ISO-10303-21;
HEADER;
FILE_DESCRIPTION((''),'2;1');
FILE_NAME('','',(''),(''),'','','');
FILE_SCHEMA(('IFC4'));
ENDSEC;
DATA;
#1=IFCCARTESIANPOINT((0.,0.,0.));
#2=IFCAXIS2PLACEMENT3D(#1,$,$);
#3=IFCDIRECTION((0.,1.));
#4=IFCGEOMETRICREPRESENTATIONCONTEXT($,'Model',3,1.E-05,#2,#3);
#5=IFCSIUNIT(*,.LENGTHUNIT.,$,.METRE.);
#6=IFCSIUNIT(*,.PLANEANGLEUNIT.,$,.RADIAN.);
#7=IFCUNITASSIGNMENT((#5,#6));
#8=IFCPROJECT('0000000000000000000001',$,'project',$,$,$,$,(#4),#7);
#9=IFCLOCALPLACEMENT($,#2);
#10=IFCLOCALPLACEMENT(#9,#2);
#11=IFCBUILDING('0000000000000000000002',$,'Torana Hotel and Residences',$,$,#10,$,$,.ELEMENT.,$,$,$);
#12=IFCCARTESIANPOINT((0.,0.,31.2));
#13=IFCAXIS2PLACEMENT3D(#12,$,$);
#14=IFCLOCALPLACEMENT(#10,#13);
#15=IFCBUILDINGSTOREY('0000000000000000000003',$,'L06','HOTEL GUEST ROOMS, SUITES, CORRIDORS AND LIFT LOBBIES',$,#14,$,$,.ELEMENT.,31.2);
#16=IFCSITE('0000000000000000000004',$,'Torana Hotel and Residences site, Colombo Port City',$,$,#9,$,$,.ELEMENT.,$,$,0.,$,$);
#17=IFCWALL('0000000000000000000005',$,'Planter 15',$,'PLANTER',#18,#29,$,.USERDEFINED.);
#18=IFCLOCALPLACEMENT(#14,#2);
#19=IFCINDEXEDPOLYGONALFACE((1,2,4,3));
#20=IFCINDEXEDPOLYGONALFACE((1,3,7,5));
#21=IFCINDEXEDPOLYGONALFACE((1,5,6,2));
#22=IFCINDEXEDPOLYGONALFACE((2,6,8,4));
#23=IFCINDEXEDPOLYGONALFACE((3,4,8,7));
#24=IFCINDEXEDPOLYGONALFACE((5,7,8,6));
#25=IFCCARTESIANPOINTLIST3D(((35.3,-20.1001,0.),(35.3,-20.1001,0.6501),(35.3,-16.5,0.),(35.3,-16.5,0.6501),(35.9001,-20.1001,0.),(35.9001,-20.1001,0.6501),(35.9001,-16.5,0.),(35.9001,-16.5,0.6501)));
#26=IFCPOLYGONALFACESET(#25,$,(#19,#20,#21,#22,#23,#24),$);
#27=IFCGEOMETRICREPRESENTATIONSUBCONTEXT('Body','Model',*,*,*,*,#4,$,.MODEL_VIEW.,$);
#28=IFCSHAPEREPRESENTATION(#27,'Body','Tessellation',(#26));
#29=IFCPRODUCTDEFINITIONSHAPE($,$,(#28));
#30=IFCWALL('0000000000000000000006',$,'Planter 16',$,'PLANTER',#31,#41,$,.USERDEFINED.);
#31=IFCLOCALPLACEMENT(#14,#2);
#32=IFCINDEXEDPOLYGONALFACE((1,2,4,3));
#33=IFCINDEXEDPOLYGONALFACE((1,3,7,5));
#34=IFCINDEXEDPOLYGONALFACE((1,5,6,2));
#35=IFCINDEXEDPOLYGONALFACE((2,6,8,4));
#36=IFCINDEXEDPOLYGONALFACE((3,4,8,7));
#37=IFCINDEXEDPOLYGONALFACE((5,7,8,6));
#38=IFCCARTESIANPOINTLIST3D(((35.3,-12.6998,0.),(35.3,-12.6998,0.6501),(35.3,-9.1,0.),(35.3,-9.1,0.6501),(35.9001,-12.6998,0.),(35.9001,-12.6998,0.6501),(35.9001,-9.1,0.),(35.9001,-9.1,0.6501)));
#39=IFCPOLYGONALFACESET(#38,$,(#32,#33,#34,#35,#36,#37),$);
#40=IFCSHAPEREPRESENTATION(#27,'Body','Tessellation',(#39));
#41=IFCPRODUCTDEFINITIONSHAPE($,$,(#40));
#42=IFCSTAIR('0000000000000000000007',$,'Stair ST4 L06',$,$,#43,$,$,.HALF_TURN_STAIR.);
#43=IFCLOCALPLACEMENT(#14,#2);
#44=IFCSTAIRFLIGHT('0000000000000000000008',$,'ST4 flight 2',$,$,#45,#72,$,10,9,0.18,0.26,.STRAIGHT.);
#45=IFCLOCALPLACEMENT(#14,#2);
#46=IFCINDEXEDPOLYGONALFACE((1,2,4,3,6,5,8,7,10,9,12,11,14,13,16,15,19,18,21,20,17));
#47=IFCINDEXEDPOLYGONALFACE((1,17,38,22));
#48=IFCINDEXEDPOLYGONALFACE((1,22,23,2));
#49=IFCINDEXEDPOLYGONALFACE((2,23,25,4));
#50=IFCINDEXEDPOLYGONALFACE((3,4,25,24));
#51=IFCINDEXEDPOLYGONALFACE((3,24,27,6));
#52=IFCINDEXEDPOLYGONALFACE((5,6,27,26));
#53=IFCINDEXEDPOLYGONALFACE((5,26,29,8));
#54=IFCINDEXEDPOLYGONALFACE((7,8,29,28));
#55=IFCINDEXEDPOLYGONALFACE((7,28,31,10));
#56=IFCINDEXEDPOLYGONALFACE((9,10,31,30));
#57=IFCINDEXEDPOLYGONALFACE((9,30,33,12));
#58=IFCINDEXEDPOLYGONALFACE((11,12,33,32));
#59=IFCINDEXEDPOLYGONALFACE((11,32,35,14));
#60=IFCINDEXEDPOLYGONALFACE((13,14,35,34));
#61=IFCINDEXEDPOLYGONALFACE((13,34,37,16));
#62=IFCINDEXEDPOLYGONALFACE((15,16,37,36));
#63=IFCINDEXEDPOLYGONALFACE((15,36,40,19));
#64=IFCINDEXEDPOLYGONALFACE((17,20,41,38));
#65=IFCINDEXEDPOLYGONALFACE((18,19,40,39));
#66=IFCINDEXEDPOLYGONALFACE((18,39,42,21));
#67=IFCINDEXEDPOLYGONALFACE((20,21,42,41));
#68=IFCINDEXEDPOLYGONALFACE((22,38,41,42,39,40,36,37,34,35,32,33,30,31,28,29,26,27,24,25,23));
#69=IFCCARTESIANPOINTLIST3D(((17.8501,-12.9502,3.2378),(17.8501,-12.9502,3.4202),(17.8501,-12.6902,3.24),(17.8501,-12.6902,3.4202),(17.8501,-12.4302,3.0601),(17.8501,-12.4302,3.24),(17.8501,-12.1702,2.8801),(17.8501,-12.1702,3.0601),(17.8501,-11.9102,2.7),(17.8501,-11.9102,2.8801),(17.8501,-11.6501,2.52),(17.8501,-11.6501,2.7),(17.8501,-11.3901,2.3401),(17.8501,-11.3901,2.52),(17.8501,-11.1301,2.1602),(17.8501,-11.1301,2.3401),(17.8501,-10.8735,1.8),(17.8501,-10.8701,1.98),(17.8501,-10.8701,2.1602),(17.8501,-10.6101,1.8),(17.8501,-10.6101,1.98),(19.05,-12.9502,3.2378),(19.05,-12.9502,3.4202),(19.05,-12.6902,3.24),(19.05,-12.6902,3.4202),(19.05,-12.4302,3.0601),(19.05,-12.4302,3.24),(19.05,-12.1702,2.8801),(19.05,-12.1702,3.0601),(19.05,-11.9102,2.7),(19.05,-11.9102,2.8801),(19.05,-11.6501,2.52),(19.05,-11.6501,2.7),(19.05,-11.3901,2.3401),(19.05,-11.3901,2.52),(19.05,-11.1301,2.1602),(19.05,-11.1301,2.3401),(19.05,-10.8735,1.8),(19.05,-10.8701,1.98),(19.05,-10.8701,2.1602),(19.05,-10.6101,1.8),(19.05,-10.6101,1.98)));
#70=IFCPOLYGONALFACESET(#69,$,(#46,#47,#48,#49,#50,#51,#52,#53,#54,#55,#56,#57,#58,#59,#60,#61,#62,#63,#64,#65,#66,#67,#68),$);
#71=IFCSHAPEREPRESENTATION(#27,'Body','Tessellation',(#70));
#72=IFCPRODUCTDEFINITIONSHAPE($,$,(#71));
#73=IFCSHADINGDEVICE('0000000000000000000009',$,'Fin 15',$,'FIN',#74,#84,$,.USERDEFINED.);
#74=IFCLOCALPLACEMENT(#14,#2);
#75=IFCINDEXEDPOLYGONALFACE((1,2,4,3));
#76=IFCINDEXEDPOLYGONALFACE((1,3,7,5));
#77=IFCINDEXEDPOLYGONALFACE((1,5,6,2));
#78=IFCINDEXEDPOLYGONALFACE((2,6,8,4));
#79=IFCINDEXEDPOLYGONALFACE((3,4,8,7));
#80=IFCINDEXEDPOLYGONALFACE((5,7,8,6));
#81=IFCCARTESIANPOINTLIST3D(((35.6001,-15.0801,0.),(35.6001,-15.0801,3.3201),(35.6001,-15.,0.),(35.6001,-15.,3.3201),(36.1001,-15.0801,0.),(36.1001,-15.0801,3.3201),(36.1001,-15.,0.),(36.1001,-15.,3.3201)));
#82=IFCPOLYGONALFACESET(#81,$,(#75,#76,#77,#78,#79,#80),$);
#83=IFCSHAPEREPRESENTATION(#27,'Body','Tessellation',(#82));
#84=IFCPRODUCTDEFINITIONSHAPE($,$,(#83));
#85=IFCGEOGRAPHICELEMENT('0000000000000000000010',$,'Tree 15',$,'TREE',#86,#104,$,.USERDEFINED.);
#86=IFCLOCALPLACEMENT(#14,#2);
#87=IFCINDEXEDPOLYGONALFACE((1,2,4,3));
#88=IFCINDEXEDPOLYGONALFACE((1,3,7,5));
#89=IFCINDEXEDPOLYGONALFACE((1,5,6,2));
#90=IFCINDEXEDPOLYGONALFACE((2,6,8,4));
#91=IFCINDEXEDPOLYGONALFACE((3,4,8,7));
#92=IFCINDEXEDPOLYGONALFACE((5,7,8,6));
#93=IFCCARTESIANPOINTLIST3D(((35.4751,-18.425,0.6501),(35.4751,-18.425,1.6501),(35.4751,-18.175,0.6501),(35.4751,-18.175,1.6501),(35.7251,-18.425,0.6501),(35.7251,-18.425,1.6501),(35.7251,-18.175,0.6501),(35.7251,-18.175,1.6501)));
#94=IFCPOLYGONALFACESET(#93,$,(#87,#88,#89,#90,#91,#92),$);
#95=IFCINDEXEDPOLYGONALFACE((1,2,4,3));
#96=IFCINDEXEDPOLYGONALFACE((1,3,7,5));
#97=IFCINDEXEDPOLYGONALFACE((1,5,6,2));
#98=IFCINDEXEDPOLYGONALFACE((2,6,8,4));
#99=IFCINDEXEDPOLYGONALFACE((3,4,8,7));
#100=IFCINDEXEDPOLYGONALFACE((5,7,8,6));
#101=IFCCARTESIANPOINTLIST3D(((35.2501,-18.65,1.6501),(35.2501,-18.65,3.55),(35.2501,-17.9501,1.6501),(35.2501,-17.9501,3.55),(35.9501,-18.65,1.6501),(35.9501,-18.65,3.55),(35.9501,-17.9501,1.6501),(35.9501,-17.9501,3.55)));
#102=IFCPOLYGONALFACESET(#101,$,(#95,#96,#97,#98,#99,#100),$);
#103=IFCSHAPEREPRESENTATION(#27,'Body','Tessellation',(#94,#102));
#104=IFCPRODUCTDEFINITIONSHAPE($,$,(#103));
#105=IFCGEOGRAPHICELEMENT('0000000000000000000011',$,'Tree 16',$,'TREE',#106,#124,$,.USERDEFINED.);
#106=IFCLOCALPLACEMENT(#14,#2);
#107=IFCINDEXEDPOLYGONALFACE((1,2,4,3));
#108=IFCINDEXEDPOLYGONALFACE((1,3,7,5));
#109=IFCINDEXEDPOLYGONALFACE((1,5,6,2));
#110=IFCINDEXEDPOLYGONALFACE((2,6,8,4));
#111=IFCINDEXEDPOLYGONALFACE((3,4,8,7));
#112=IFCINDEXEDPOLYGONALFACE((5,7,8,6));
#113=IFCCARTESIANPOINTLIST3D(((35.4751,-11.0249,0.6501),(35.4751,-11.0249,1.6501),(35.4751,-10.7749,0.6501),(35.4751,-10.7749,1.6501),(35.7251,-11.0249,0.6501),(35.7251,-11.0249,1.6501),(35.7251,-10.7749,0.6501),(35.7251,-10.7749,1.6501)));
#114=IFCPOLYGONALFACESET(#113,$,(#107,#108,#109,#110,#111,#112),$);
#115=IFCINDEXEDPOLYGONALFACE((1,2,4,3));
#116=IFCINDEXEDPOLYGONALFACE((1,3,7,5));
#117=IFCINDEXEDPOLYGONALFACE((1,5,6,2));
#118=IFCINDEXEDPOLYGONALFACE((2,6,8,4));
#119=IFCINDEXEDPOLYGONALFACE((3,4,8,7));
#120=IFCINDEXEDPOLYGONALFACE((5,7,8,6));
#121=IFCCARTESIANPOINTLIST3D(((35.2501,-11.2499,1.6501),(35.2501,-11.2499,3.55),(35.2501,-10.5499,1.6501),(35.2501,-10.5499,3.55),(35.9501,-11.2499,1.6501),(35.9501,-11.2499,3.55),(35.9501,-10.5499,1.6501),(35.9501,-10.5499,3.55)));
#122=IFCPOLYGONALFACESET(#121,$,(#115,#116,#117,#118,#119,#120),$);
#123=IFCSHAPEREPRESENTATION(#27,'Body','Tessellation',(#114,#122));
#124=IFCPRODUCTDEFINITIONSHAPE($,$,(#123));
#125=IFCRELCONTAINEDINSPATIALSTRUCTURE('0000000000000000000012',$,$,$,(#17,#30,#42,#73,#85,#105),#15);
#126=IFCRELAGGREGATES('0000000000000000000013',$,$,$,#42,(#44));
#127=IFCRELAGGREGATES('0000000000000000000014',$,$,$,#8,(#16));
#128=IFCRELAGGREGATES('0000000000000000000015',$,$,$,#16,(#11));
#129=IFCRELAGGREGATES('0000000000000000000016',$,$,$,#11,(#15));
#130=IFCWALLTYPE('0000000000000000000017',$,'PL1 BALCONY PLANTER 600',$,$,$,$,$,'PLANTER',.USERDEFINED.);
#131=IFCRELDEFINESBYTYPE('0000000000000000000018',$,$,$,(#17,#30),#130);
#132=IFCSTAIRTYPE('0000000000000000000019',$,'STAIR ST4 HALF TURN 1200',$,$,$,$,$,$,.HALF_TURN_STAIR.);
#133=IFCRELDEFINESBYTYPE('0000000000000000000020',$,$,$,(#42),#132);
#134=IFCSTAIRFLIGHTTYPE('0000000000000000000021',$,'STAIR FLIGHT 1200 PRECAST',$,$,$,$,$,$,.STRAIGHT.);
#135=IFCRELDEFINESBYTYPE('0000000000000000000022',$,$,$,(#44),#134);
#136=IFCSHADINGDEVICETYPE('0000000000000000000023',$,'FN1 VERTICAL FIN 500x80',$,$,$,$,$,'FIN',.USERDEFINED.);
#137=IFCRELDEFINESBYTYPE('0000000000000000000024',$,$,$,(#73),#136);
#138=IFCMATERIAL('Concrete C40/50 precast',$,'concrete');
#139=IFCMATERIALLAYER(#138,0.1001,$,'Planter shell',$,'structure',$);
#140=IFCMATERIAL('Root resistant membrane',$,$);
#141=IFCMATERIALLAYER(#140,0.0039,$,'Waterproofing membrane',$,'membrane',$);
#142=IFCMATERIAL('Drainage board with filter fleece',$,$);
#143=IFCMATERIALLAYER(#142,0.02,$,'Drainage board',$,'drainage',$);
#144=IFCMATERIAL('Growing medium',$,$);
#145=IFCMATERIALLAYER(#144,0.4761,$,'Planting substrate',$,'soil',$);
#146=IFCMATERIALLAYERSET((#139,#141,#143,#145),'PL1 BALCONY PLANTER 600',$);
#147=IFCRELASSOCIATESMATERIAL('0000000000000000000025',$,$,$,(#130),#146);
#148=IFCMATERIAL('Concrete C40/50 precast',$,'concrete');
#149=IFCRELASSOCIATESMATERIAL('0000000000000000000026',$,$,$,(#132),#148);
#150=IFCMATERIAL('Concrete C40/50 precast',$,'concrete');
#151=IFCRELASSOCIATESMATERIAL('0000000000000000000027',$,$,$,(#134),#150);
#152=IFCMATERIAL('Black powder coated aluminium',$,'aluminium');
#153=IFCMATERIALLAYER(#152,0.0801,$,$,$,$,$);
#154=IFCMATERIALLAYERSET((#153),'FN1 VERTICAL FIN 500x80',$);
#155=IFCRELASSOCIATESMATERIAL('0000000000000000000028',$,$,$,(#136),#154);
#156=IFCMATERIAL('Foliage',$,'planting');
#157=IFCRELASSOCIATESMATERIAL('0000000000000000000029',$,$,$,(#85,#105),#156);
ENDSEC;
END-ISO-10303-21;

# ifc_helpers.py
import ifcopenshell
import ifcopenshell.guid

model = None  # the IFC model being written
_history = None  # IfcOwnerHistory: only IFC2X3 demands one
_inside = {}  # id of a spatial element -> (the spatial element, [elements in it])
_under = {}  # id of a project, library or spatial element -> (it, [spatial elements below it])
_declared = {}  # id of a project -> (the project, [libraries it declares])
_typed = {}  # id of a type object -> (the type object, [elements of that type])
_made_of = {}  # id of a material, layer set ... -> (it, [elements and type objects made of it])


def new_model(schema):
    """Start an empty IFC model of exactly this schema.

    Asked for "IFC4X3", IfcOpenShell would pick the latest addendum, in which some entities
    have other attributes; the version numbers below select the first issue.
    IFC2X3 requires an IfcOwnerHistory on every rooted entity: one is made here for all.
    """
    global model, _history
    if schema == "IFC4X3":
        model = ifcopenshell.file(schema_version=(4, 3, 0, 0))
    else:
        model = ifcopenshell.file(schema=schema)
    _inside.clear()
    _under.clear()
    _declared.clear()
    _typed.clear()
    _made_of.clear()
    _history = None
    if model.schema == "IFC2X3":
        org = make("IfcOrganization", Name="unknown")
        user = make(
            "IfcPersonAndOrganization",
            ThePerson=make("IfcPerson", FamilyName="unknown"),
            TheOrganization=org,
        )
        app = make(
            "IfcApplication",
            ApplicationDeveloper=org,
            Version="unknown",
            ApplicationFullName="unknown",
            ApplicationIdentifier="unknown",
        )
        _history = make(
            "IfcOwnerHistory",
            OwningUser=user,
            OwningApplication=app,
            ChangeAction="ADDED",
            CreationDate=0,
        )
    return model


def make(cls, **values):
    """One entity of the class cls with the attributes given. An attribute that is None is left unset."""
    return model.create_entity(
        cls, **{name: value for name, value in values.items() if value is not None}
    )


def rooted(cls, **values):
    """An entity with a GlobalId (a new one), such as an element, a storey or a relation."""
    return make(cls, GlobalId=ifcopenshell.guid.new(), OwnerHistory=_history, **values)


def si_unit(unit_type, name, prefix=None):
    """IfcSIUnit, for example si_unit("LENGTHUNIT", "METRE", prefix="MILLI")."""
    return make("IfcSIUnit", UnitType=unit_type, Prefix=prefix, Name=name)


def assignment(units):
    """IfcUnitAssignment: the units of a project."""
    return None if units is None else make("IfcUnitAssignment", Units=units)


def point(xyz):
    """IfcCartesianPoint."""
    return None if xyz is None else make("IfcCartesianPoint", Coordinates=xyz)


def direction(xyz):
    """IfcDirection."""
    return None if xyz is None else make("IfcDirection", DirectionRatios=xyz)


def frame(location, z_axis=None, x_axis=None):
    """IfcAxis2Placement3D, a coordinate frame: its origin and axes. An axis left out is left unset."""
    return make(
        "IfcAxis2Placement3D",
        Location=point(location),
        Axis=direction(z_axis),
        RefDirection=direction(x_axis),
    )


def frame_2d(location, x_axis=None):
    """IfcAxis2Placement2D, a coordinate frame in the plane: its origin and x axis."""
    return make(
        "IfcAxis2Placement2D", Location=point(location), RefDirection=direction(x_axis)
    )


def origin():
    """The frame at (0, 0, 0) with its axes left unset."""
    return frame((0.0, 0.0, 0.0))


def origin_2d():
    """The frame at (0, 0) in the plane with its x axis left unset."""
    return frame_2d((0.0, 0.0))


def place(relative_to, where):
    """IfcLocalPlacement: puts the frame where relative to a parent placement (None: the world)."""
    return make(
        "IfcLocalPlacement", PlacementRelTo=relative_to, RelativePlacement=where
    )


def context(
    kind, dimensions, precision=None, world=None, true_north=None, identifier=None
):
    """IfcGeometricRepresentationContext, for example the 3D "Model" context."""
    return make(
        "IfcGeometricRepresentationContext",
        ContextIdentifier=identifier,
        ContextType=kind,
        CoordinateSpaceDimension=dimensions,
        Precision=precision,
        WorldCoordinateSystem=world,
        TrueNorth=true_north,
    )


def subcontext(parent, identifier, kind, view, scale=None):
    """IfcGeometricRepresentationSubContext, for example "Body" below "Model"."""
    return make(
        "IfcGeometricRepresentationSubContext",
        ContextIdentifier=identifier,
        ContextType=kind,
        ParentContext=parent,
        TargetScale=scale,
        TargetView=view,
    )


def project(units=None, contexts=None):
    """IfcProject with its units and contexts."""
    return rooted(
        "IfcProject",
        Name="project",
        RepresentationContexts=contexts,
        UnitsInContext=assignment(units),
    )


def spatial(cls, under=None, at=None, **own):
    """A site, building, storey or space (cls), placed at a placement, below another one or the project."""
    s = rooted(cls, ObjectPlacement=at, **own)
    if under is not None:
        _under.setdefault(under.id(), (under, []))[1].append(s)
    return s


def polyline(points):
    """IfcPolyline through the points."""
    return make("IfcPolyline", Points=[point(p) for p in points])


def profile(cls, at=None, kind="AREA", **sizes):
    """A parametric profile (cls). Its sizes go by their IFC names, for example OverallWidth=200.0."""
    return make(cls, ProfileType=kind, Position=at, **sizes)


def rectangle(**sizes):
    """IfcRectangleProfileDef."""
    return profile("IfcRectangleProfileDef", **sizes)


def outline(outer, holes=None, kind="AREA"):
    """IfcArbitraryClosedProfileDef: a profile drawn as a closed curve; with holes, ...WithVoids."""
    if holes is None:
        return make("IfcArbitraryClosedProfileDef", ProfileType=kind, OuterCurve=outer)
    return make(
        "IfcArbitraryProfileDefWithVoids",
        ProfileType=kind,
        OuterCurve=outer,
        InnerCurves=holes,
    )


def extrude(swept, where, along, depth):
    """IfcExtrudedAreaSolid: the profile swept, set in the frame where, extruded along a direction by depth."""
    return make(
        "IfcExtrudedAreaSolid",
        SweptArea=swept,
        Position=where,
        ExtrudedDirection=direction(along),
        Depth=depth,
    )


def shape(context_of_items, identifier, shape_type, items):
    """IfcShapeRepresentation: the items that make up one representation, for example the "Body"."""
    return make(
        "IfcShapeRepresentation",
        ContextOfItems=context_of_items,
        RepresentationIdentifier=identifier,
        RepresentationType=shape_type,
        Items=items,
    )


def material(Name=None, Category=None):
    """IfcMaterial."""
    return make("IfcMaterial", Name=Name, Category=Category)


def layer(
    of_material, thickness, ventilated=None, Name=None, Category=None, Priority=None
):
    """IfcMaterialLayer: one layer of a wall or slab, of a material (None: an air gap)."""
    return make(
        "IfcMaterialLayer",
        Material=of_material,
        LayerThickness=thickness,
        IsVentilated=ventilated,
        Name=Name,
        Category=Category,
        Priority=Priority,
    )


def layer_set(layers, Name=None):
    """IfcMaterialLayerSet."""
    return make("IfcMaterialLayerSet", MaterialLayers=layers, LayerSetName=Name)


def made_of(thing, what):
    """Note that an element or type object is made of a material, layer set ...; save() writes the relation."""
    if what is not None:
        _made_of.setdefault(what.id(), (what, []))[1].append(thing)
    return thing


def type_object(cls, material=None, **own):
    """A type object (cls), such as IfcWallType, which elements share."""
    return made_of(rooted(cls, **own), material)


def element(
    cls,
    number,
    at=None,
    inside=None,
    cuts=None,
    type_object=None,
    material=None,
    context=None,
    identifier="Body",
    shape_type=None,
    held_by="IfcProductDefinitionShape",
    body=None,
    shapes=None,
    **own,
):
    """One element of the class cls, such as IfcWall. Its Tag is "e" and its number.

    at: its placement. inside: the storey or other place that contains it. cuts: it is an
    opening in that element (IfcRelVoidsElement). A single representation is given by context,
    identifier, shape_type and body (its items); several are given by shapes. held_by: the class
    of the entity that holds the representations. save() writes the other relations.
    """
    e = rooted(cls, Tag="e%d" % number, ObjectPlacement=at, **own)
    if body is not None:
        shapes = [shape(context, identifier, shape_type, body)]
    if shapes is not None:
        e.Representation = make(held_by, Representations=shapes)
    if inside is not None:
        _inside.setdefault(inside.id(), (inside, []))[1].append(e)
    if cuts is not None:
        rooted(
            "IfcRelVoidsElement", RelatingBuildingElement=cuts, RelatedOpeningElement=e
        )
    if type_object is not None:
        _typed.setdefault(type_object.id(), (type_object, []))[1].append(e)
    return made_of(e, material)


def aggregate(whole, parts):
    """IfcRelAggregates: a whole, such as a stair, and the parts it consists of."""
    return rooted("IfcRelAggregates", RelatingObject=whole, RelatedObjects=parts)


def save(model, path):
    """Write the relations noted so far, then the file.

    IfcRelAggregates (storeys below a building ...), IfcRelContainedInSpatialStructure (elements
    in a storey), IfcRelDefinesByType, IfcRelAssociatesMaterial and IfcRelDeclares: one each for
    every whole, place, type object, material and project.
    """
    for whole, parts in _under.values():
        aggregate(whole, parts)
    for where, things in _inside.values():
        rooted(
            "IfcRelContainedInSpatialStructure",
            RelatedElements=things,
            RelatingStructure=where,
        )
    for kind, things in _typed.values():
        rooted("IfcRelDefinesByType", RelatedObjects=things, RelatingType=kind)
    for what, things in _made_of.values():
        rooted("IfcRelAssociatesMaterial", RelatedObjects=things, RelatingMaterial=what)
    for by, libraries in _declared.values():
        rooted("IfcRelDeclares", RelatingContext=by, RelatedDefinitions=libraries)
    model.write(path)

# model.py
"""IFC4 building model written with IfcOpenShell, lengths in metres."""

from ifc_helpers import new_model, si_unit, direction, frame, frame_2d, origin, origin_2d, place, context, subcontext, project, spatial, polyline, rectangle, outline, extrude, material, layer, layer_set, type_object, element, aggregate, save


model = new_model("IFC4")

# Units and contexts
model_context = context("Model", 3, precision=1e-05, world=origin(), true_north=direction((0.0, 1.0)))
body_context = subcontext(model_context, "Body", "Model", "MODEL_VIEW")
ifc_project = project(units=[si_unit("LENGTHUNIT", "METRE"), si_unit("PLANEANGLEUNIT", "RADIAN")], contexts=[model_context])

# Site, building, storey
site_placement = place(None, origin())
site = spatial("IfcSite", under=ifc_project, at=site_placement, Name="Torana Hotel and Residences site, Colombo Port City", CompositionType="ELEMENT", RefElevation=0.0)
building_placement = place(site_placement, origin())
building = spatial("IfcBuilding", under=site, at=building_placement, Name="Torana Hotel and Residences", CompositionType="ELEMENT")
storey_placement = place(building_placement, frame((0.0, 0.0, 31.2)))
storey = spatial("IfcBuildingStorey", under=building, at=storey_placement, Name="L06", Description="HOTEL GUEST ROOMS, SUITES, CORRIDORS AND LIFT LOBBIES", CompositionType="ELEMENT", Elevation=31.2)

# Walls
ifc_material_1 = material(Name="Concrete C40/50 precast", Category="concrete")
ifc_layer_1 = layer(ifc_material_1, 0.1001, Name="Planter shell", Category="structure")
ifc_material_2 = material(Name="Root resistant membrane")
ifc_layer_2 = layer(ifc_material_2, 0.0039, Name="Waterproofing membrane", Category="membrane")
ifc_material_3 = material(Name="Drainage board with filter fleece")
ifc_layer_3 = layer(ifc_material_3, 0.02, Name="Drainage board", Category="drainage")
ifc_material_4 = material(Name="Growing medium")
ifc_layer_4 = layer(ifc_material_4, 0.4761, Name="Planting substrate", Category="soil")
ifc_layer_set_1 = layer_set([ifc_layer_1, ifc_layer_2, ifc_layer_3, ifc_layer_4], Name="PL1 BALCONY PLANTER 600")
wall_type_1 = type_object("IfcWallType", Name="PL1 BALCONY PLANTER 600", ElementType="PLANTER", PredefinedType="USERDEFINED", material=ifc_layer_set_1)
wall_1_placement = place(storey_placement, frame((35.6001, -16.5, 0.0), z_axis=(0.0, 0.0, 1.0), x_axis=(0.0, -1.0, 0.0)))
element("IfcWall", 1, at=wall_1_placement, inside=storey, type_object=wall_type_1, Name="Planter 15", ObjectType="PLANTER", PredefinedType="USERDEFINED", context=body_context, shape_type="SweptSolid", body=[
    extrude(rectangle(XDim=3.6001, YDim=0.6001, at=frame_2d((1.8, 0.0))), origin(), (0.0, 0.0, 1.0), 0.6501),
])
wall_2_placement = place(storey_placement, frame((35.6001, -9.1001, 0.0), z_axis=(0.0, 0.0, 1.0), x_axis=(0.0, -1.0, 0.0)))
element("IfcWall", 2, at=wall_2_placement, inside=storey, type_object=wall_type_1, Name="Planter 16", ObjectType="PLANTER", PredefinedType="USERDEFINED", context=body_context, shape_type="SweptSolid", body=[
    extrude(rectangle(XDim=3.5999, YDim=0.6001, at=frame_2d((1.7998, 0.0))), origin(), (0.0, 0.0, 1.0), 0.6501),
])

# Stair, stair flight
ifc_material_5 = material(Name="Concrete C40/50 precast", Category="concrete")
stair_type = type_object("IfcStairType", Name="STAIR ST4 HALF TURN 1200", PredefinedType="HALF_TURN_STAIR", material=ifc_material_5)
stair_placement = place(storey_placement, origin())
stair = element("IfcStair", 3, at=stair_placement, inside=storey, type_object=stair_type, Name="Stair ST4 L06", PredefinedType="HALF_TURN_STAIR")
ifc_material_6 = material(Name="Concrete C40/50 precast", Category="concrete")
stair_flight_type = type_object("IfcStairFlightType", Name="STAIR FLIGHT 1200 PRECAST", PredefinedType="STRAIGHT", material=ifc_material_6)
stair_flight_placement = place(storey_placement, frame((18.45, -10.6101, 1.8), z_axis=(0.0, 0.0, 1.0), x_axis=(0.0, -1.0, 0.0)))
stair_flight = element("IfcStairFlight", 4, at=stair_flight_placement, type_object=stair_flight_type, Name="ST4 flight 2", NumberOfRisers=10, NumberOfTreads=9, PredefinedType="STRAIGHT", RiserHeight=0.18, TreadLength=0.26, context=body_context, shape_type="SweptSolid", body=[
    extrude(outline(polyline([(0.0, 0.0), (0.0, 0.1799), (0.26, 0.1799), (0.26, 0.3601), (0.52, 0.3601), (0.52, 0.54), (0.78, 0.54), (0.78, 0.72), (1.04, 0.72), (1.04, 0.8999), (1.3, 0.8999), (1.3, 1.0801), (1.5601, 1.0801), (1.5601, 1.26), (1.8201, 1.26), (1.8201, 1.4399), (2.0801, 1.4399), (2.0801, 1.6201), (2.3401, 1.6201), (2.3401, 1.8), (2.3401, 1.4377), (0.2634, 0.0), (0.0, 0.0)])), frame((0.0, 0.6001, 0.0), z_axis=(0.0, -1.0, 0.0), x_axis=(1.0, 0.0, 0.0)), (0.0, 0.0, 1.0), 1.2),
])
aggregate(stair, [stair_flight])

# Shading device
ifc_material_7 = material(Name="Black powder coated aluminium", Category="aluminium")
ifc_layer_5 = layer(ifc_material_7, 0.0801)
ifc_layer_set_2 = layer_set([ifc_layer_5], Name="FN1 VERTICAL FIN 500x80")
shading_device_type = type_object("IfcShadingDeviceType", Name="FN1 VERTICAL FIN 500x80", ElementType="FIN", PredefinedType="USERDEFINED", material=ifc_layer_set_2)
shading_device_placement = place(storey_placement, frame((35.8501, -15.04, 0.0), z_axis=(0.0, 0.0, 1.0), x_axis=(0.0, -1.0, 0.0)))
element("IfcShadingDevice", 5, at=shading_device_placement, inside=storey, type_object=shading_device_type, Name="Fin 15", ObjectType="FIN", PredefinedType="USERDEFINED", context=body_context, shape_type="SweptSolid", body=[
    extrude(rectangle(XDim=0.0801, YDim=0.5, at=origin_2d()), origin(), (0.0, 0.0, 1.0), 3.3201),
])

# Geographic elements
ifc_material_8 = material(Name="Foliage", Category="planting")
for number, where, z_axis, x_axis, name in (
    (6, (35.6001, -18.3, 0.6501), (0.0, 0.0, 1.0), (1.0, 0.0, 0.0), "Tree 15"),
    (7, (35.6001, -10.8999, 0.6501), (0.0, 0.0, 1.0), (1.0, 0.0, 0.0), "Tree 16"),
):
    element("IfcGeographicElement", number, at=place(storey_placement, frame(where, z_axis=z_axis, x_axis=x_axis)), inside=storey, material=ifc_material_8, Name=name, ObjectType="TREE", PredefinedType="USERDEFINED", context=body_context, shape_type="SweptSolid", body=[
        extrude(rectangle(XDim=0.25, YDim=0.25, at=origin_2d()), origin(), (0.0, 0.0, 1.0), 1.0),
        extrude(rectangle(XDim=0.7, YDim=0.7, at=origin_2d()), frame((0.0, 0.0, 1.0)), (0.0, 0.0, 1.0), 1.8999),
    ])

save(model, "model.ifc")
